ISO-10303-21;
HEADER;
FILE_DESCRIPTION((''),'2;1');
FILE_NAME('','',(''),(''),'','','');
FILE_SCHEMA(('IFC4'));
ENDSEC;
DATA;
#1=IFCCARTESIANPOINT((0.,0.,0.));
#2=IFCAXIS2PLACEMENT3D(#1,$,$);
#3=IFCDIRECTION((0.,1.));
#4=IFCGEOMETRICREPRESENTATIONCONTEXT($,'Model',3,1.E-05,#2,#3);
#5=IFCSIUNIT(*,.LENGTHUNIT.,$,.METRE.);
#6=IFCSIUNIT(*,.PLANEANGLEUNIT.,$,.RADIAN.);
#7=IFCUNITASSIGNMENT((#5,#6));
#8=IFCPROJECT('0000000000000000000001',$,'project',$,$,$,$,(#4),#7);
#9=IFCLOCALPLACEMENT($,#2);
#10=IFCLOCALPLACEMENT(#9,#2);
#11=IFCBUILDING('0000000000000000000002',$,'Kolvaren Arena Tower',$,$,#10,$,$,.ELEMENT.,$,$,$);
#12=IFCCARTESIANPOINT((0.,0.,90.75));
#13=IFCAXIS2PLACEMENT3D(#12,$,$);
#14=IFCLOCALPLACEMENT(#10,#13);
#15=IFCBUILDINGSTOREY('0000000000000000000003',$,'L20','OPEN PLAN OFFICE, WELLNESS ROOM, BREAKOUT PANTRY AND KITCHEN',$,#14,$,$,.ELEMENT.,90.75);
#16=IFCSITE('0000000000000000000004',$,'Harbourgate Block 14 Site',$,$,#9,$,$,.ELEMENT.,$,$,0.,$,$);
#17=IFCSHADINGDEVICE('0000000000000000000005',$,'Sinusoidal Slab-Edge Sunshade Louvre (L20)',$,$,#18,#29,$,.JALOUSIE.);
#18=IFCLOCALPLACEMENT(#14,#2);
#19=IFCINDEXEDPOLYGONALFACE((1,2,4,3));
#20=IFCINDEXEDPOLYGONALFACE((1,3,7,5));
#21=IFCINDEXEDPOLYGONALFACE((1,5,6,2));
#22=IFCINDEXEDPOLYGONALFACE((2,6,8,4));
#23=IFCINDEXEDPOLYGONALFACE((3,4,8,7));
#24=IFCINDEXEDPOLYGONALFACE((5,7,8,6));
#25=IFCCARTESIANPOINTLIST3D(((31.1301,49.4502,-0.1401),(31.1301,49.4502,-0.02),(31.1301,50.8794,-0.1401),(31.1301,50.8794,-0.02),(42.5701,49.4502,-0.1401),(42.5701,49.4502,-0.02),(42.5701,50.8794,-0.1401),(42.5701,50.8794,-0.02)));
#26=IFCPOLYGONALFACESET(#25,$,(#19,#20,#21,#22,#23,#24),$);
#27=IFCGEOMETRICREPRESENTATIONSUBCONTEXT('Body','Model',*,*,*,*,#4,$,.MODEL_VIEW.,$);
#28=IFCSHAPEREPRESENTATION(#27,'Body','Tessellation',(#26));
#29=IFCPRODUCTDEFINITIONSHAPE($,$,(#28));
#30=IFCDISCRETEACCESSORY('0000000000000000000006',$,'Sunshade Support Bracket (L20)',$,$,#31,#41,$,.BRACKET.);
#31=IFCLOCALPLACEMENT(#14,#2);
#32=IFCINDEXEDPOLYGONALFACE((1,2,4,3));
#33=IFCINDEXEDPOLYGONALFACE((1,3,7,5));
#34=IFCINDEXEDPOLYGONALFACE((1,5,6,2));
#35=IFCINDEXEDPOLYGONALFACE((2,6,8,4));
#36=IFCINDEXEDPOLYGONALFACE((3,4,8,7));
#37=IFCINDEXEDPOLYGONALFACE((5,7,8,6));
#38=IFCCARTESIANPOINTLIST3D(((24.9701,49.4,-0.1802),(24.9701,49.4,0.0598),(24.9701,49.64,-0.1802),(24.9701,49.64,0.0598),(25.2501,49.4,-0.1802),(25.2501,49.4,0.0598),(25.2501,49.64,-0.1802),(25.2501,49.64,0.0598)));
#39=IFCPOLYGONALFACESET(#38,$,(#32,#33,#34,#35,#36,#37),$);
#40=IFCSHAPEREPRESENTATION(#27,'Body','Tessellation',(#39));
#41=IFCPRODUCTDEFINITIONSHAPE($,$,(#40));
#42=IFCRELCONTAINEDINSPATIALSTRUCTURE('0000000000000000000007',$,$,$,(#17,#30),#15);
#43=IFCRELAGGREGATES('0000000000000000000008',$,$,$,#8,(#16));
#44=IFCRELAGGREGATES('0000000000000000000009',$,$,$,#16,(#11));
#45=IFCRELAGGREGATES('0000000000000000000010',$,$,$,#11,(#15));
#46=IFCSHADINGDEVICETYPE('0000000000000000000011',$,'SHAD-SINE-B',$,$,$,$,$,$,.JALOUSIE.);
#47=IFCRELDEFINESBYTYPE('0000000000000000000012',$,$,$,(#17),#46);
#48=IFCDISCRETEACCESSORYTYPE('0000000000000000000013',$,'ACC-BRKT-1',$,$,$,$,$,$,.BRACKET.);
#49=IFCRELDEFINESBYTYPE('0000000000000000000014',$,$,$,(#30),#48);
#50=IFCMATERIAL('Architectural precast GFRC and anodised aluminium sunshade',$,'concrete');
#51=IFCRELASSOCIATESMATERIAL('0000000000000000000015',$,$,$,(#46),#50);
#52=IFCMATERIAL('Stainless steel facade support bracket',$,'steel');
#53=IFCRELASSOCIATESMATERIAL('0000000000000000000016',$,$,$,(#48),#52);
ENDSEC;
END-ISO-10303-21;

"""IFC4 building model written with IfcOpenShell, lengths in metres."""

from ifc_helpers import new_model, si_unit, direction, frame, origin, origin_2d, place, context, subcontext, project, spatial, rectangle, extrude, material, type_object, element, save


model = new_model("IFC4")

# Units and contexts
model_context = context("Model", 3, precision=1e-05, world=origin(), true_north=direction((0.0, 1.0)))
body_context = subcontext(model_context, "Body", "Model", "MODEL_VIEW")
ifc_project = project(units=[si_unit("LENGTHUNIT", "METRE"), si_unit("PLANEANGLEUNIT", "RADIAN")], contexts=[model_context])

# Site, building, storey
site_placement = place(None, origin())
site = spatial("IfcSite", under=ifc_project, at=site_placement, Name="Harbourgate Block 14 Site", CompositionType="ELEMENT", RefElevation=0.0)
building_placement = place(site_placement, origin())
building = spatial("IfcBuilding", under=site, at=building_placement, Name="Kolvaren Arena Tower", CompositionType="ELEMENT")
storey_placement = place(building_placement, frame((0.0, 0.0, 90.75)))
storey = spatial("IfcBuildingStorey", under=building, at=storey_placement, Name="L20", Description="OPEN PLAN OFFICE, WELLNESS ROOM, BREAKOUT PANTRY AND KITCHEN", CompositionType="ELEMENT", Elevation=90.75)

# Shading device
ifc_material_1 = material(Name="Architectural precast GFRC and anodised aluminium sunshade", Category="concrete")
shading_device_type_1 = type_object("IfcShadingDeviceType", Name="SHAD-SINE-B", PredefinedType="JALOUSIE", material=ifc_material_1)
shading_device_1_placement = place(storey_placement, frame((36.8501, 50.1648, -0.1401), z_axis=(0.0, 0.0, 1.0), x_axis=(1.0, 0.0, 0.0)))
element("IfcShadingDevice", 1, at=shading_device_1_placement, inside=storey, type_object=shading_device_type_1, Name="Sinusoidal Slab-Edge Sunshade Louvre (L20)", PredefinedType="JALOUSIE", context=body_context, shape_type="SweptSolid", body=[
    extrude(rectangle(XDim=11.4399, YDim=1.4292, at=origin_2d()), origin(), (0.0, 0.0, 1.0), 0.1201),
])

# Discrete accessory
ifc_material_2 = material(Name="Stainless steel facade support bracket", Category="steel")
discrete_accessory_type = type_object("IfcDiscreteAccessoryType", Name="ACC-BRKT-1", PredefinedType="BRACKET", material=ifc_material_2)
discrete_accessory_placement = place(storey_placement, frame((25.1101, 49.52, -0.1802), z_axis=(0.0, 0.0, 1.0), x_axis=(1.0, 0.0, 0.0)))
element("IfcDiscreteAccessory", 2, at=discrete_accessory_placement, inside=storey, type_object=discrete_accessory_type, Name="Sunshade Support Bracket (L20)", PredefinedType="BRACKET", context=body_context, shape_type="SweptSolid", body=[
    extrude(rectangle(XDim=0.28, YDim=0.24, at=origin_2d()), origin(), (0.0, 0.0, 1.0), 0.24),
])

save(model, "model.ifc")
